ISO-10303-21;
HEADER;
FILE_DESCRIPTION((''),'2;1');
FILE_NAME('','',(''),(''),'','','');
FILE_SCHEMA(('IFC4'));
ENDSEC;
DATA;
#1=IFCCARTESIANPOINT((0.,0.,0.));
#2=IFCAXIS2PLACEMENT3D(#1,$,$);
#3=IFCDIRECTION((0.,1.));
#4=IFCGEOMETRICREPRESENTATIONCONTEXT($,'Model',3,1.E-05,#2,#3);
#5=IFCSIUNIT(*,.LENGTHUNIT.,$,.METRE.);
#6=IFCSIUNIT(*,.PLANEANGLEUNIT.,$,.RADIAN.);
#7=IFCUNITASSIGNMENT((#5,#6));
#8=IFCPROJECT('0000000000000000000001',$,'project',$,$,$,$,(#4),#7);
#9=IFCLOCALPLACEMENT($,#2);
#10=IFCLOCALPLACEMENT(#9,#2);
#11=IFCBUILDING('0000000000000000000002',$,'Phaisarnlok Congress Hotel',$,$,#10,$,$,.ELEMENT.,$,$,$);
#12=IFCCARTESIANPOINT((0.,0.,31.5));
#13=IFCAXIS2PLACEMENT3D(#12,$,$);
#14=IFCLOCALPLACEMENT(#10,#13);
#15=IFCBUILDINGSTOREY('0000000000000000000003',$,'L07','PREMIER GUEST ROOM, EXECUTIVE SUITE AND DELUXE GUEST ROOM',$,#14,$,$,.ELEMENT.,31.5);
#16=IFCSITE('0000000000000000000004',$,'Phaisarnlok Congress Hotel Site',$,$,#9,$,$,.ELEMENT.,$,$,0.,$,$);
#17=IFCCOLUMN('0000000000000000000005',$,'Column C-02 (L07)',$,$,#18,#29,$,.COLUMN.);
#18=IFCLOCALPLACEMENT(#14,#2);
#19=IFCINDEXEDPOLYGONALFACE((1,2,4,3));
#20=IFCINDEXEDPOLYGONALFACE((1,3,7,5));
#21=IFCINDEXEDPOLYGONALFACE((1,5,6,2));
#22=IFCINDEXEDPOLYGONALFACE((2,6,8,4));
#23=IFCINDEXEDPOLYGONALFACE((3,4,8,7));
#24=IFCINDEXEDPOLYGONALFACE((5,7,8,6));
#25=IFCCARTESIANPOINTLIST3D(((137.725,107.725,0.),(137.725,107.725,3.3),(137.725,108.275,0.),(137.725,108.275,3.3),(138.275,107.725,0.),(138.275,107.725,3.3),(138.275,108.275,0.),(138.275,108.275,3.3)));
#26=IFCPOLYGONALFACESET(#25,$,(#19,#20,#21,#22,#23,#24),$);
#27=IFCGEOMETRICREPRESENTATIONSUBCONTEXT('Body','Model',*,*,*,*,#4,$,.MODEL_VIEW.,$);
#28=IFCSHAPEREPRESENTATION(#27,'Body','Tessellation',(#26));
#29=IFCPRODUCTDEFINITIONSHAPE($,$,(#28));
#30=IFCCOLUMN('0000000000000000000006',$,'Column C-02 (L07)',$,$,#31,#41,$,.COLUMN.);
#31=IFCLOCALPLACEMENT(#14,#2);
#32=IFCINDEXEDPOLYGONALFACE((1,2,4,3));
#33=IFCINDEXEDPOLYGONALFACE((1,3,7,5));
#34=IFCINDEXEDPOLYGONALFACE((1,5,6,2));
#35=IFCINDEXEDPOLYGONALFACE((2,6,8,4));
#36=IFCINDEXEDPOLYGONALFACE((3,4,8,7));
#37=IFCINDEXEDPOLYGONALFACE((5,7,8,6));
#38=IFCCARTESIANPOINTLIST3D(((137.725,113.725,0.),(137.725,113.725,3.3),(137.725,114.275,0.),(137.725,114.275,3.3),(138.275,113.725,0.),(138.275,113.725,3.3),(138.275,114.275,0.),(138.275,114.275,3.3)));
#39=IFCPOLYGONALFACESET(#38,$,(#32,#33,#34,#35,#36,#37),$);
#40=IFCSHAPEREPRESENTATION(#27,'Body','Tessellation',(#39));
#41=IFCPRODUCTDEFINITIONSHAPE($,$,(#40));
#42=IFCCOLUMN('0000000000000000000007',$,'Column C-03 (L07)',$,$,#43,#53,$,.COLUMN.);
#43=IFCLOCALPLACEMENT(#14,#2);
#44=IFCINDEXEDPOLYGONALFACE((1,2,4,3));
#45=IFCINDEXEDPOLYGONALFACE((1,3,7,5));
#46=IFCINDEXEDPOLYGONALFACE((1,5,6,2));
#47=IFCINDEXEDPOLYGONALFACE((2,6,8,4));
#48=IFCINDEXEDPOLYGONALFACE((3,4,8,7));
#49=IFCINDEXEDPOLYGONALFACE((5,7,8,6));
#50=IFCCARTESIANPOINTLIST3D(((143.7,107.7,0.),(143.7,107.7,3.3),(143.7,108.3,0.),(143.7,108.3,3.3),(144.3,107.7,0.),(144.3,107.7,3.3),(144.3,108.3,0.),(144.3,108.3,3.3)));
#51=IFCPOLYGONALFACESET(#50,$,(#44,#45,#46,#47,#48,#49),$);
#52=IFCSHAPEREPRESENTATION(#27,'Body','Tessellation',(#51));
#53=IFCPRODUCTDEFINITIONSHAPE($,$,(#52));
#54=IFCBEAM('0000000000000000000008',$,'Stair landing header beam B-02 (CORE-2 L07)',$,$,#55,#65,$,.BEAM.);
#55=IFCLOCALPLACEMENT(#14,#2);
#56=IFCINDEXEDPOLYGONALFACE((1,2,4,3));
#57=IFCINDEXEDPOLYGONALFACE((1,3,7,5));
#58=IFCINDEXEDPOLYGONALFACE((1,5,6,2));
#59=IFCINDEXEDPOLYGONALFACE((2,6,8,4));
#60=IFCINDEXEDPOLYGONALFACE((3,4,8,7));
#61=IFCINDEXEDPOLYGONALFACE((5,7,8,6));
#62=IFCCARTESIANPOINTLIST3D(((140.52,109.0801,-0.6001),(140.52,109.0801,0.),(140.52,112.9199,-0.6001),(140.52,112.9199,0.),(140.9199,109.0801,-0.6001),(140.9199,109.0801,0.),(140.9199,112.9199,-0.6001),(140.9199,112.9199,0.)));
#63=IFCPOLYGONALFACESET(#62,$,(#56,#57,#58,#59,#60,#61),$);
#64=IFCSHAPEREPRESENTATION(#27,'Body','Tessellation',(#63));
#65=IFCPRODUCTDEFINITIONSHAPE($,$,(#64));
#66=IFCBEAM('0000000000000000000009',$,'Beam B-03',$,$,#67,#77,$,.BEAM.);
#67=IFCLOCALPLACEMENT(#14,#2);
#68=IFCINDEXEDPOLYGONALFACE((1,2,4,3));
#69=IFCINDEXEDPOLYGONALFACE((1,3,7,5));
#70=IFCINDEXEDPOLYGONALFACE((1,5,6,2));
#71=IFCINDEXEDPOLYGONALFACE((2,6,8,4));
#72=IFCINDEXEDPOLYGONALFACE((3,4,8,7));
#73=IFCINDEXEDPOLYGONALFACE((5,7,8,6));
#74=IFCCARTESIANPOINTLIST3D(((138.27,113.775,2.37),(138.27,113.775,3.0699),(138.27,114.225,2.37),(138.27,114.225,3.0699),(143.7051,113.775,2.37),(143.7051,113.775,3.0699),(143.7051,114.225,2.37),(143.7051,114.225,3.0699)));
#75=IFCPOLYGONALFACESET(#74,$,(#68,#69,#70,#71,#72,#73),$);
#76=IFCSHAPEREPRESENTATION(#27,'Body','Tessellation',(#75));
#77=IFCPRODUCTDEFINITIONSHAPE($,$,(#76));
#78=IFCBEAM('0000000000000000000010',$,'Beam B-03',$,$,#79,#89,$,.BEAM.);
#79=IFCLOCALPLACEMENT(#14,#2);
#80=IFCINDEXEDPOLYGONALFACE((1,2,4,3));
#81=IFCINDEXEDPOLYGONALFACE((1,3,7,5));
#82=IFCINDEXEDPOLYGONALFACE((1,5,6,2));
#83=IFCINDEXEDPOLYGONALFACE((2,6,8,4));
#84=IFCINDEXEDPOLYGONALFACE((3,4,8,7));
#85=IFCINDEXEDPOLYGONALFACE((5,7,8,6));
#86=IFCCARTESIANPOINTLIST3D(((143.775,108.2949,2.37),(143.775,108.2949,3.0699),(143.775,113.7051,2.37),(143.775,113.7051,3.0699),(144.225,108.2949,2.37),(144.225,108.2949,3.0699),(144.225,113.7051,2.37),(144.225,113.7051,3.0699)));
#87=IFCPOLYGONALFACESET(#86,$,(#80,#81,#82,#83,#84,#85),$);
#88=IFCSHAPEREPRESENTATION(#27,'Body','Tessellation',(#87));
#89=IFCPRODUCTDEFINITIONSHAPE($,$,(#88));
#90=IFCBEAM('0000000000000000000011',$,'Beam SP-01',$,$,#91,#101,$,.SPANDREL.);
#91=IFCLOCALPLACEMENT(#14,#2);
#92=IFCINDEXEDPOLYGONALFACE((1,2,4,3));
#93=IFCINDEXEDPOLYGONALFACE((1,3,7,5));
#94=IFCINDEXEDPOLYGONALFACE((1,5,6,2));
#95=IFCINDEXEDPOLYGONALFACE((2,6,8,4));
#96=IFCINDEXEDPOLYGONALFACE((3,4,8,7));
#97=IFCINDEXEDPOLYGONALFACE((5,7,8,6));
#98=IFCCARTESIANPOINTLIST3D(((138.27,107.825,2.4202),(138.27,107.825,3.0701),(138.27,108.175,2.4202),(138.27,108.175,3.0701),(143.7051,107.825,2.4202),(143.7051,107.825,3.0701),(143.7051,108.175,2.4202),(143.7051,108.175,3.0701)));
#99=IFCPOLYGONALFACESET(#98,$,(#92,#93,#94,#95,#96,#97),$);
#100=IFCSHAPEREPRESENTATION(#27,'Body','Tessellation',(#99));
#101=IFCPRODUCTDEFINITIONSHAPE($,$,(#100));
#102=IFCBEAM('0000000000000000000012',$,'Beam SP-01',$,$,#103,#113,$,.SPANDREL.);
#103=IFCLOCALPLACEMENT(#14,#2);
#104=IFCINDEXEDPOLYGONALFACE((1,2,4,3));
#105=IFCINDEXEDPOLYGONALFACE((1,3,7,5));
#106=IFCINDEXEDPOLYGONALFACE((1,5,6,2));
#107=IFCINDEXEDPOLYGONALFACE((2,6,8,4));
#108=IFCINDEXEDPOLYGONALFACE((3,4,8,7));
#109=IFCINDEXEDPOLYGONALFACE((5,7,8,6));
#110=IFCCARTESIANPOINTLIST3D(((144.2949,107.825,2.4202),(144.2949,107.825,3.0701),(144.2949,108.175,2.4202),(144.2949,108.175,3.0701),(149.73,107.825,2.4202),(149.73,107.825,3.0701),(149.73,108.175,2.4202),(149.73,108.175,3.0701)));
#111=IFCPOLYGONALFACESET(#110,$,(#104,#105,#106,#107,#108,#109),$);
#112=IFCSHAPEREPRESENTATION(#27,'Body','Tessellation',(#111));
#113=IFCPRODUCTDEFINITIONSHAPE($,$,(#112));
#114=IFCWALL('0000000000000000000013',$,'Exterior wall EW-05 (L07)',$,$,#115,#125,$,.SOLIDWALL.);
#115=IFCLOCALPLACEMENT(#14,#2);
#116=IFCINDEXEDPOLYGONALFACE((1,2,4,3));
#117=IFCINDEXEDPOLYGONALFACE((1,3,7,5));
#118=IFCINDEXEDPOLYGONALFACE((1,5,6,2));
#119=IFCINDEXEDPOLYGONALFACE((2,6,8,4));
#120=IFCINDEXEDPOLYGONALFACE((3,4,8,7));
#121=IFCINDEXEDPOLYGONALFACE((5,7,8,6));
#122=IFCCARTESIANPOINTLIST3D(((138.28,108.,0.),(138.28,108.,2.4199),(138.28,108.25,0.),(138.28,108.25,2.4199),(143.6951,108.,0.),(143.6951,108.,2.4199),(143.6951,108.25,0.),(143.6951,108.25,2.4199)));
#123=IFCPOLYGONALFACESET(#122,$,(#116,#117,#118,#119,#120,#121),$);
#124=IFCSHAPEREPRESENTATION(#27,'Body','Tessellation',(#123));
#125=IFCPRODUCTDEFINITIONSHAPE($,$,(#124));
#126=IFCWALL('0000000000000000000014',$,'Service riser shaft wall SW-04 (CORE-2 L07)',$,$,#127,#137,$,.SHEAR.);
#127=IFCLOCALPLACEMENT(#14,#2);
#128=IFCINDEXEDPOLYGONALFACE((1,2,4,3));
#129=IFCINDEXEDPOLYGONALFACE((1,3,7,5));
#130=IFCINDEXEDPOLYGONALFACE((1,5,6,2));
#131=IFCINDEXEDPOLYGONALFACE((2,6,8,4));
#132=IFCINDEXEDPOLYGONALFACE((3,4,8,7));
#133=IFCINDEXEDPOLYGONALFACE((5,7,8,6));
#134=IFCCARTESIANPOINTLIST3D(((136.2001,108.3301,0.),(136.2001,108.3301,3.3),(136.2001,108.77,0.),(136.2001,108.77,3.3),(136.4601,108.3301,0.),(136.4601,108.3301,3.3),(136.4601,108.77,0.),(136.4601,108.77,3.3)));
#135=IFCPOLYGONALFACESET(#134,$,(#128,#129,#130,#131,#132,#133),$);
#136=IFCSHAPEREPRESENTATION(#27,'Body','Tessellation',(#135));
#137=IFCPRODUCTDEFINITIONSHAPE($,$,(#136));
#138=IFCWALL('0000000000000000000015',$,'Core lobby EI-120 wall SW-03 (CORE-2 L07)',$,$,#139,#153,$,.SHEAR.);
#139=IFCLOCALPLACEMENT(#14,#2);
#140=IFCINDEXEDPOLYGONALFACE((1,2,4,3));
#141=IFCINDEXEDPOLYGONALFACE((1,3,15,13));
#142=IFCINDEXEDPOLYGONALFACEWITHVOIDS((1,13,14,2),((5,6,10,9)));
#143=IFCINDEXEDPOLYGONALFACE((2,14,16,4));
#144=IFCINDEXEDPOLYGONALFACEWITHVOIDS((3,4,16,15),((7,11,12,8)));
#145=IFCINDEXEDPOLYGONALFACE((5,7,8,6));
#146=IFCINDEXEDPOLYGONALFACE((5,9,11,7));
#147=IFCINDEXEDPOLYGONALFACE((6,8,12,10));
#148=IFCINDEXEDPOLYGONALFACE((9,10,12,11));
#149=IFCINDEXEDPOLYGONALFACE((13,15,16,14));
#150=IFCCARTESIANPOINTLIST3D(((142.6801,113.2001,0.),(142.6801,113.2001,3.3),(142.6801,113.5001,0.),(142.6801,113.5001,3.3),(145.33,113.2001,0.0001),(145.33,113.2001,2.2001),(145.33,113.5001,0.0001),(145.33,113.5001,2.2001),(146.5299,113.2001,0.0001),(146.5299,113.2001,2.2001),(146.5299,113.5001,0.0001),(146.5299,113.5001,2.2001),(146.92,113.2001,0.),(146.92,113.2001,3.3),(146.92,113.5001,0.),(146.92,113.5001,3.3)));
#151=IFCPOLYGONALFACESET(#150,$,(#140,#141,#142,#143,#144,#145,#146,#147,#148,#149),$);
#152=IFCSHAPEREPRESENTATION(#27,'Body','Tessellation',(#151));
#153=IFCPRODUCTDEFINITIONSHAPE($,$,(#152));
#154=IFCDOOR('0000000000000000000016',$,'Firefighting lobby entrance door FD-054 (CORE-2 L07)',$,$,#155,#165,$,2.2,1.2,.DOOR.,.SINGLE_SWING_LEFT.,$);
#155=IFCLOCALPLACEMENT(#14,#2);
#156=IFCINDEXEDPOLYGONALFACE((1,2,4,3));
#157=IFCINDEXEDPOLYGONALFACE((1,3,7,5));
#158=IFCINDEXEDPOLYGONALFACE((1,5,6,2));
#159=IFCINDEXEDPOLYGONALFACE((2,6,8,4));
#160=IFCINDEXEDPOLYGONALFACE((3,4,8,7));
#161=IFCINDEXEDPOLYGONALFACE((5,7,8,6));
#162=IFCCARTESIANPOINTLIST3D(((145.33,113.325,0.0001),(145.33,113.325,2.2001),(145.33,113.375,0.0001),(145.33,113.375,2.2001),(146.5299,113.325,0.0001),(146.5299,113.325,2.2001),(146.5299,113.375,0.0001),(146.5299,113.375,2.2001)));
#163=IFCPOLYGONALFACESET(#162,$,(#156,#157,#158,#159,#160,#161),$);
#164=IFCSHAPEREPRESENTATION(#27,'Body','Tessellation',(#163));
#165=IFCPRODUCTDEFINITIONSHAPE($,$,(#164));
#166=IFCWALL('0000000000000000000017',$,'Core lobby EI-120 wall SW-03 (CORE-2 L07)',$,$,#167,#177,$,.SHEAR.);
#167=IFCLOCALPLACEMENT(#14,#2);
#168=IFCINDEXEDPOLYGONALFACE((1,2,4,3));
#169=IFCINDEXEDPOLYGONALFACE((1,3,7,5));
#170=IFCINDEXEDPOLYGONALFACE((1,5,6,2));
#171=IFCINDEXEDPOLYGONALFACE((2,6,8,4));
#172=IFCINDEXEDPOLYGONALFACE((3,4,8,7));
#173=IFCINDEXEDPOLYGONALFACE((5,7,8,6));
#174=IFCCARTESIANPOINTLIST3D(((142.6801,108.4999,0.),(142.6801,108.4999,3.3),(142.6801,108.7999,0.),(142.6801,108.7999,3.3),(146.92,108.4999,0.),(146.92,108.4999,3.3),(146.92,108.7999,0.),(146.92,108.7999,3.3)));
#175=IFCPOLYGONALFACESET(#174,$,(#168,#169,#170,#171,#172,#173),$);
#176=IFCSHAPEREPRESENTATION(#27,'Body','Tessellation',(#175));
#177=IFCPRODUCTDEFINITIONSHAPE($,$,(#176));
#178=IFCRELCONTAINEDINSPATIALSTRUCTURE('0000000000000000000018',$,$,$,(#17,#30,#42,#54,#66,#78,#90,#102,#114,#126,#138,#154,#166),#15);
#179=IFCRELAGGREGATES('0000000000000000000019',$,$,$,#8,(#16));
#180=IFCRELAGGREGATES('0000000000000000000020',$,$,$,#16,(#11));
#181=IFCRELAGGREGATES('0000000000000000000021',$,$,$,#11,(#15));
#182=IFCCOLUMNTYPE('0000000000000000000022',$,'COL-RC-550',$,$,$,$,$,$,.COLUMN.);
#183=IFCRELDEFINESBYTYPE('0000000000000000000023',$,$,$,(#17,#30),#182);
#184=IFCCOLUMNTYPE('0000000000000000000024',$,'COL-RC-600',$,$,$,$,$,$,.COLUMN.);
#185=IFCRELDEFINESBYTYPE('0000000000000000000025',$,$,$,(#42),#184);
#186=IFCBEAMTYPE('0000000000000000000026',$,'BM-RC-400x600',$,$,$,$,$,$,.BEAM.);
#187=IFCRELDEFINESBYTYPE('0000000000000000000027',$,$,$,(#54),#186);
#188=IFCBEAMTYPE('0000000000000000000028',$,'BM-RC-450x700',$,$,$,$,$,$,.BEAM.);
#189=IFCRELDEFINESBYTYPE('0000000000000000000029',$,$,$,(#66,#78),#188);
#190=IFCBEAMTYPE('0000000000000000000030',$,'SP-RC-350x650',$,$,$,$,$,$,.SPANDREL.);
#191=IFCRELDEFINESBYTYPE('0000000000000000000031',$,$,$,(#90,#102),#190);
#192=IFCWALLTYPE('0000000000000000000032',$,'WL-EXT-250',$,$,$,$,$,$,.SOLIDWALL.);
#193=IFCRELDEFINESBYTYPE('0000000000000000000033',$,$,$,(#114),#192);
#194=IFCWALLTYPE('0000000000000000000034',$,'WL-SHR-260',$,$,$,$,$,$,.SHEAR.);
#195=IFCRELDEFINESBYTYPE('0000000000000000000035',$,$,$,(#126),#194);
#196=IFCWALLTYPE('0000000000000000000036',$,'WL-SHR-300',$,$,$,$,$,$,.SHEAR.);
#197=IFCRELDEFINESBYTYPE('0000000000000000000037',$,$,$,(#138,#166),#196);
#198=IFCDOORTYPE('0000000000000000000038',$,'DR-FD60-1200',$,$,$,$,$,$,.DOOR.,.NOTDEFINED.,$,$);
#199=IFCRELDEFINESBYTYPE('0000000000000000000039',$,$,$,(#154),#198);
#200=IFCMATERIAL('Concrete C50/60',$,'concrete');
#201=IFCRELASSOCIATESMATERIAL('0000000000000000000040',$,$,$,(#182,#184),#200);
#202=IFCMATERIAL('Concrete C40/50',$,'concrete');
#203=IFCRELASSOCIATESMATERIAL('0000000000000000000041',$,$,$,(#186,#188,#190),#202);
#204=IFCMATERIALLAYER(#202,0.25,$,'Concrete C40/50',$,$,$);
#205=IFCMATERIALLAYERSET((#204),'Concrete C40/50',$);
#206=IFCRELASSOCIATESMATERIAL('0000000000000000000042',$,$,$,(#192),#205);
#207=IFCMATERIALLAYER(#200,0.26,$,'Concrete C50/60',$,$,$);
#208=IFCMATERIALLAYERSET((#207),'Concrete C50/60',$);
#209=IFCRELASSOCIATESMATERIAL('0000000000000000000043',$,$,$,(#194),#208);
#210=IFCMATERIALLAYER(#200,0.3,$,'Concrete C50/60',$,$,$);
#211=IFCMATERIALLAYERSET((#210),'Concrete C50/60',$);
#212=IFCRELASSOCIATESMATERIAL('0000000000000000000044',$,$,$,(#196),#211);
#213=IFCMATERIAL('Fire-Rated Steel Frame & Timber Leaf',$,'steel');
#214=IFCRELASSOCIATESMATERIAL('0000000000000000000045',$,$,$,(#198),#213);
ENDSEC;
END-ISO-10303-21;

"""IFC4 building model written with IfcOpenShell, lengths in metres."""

from ifc_helpers import new_model, si_unit, direction, frame, frame_2d, origin, origin_2d, place, context, subcontext, project, spatial, rectangle, extrude, material, layer, layer_set, material_profile, profile_set, type_object, element, fill, save


model = new_model("IFC4")

# Units and contexts
model_context = context("Model", 3, precision=1e-05, world=origin(), true_north=direction((0.0, 1.0)))
body_context = subcontext(model_context, "Body", "Model", "MODEL_VIEW")
ifc_project = project(units=[si_unit("LENGTHUNIT", "METRE"), si_unit("PLANEANGLEUNIT", "RADIAN")], contexts=[model_context])

# Site, building, storey
site_placement = place(None, origin())
site = spatial("IfcSite", under=ifc_project, at=site_placement, Name="Phaisarnlok Congress Hotel Site", CompositionType="ELEMENT", RefElevation=0.0)
building_placement = place(site_placement, origin())
building = spatial("IfcBuilding", under=site, at=building_placement, Name="Phaisarnlok Congress Hotel", CompositionType="ELEMENT")
storey_placement = place(building_placement, frame((0.0, 0.0, 31.5)))
storey = spatial("IfcBuildingStorey", under=building, at=storey_placement, Name="L07", Description="PREMIER GUEST ROOM, EXECUTIVE SUITE AND DELUXE GUEST ROOM", CompositionType="ELEMENT", Elevation=31.5)

# Columns
ifc_material_1 = material(Name="Concrete C50/60", Category="concrete")
ifc_material_profile_1 = material_profile(ifc_material_1, rectangle(XDim=0.55, YDim=0.55, at=origin_2d()), Name="RC 550x550")
ifc_profile_set_1 = profile_set([ifc_material_profile_1], Name="Concrete C50/60")
column_type_1 = type_object("IfcColumnType", Name="COL-RC-550", PredefinedType="COLUMN", material=ifc_profile_set_1)
for number, where, z_axis, x_axis, name in (
    (1, (138.0, 108.0, 0.0), (0.0, 0.0, 1.0), (1.0, 0.0, 0.0), "Column C-02 (L07)"),
    (2, (138.0, 114.0, 0.0), (0.0, 0.0, 1.0), (1.0, 0.0, 0.0), "Column C-02 (L07)"),
):
    element("IfcColumn", number, at=place(storey_placement, frame(where, z_axis=z_axis, x_axis=x_axis)), inside=storey, type_object=column_type_1, Name=name, PredefinedType="COLUMN", context=body_context, shape_type="SweptSolid", body=[
        extrude(rectangle(XDim=0.55, YDim=0.55, at=origin_2d()), origin(), (0.0, 0.0, 1.0), 3.3),
    ])
ifc_material_profile_2 = material_profile(ifc_material_1, rectangle(XDim=0.6001, YDim=0.6001, at=origin_2d()), Name="RC 600x600")
ifc_profile_set_2 = profile_set([ifc_material_profile_2], Name="Concrete C50/60")
column_type_2 = type_object("IfcColumnType", Name="COL-RC-600", PredefinedType="COLUMN", material=ifc_profile_set_2)
column_placement = place(storey_placement, frame((144.0, 108.0, 0.0), z_axis=(0.0, 0.0, 1.0), x_axis=(1.0, 0.0, 0.0)))
element("IfcColumn", 3, at=column_placement, inside=storey, type_object=column_type_2, Name="Column C-03 (L07)", PredefinedType="COLUMN", context=body_context, shape_type="SweptSolid", body=[
    extrude(rectangle(XDim=0.6001, YDim=0.6001, at=origin_2d()), origin(), (0.0, 0.0, 1.0), 3.3),
])

# Beams
ifc_material_2 = material(Name="Concrete C40/50", Category="concrete")
ifc_material_profile_3 = material_profile(ifc_material_2, rectangle(XDim=0.3999, YDim=0.6001, at=origin_2d()), Name="RC 400x600")
ifc_profile_set_3 = profile_set([ifc_material_profile_3], Name="Concrete C40/50")
beam_type_1 = type_object("IfcBeamType", Name="BM-RC-400x600", PredefinedType="BEAM", material=ifc_profile_set_3)
beam_1_placement = place(storey_placement, frame((140.72, 109.0801, -0.3), z_axis=(0.0, 1.0, 0.0), x_axis=(-1.0, 0.0, 0.0)))
element("IfcBeam", 4, at=beam_1_placement, inside=storey, type_object=beam_type_1, Name="Stair landing header beam B-02 (CORE-2 L07)", PredefinedType="BEAM", context=body_context, shape_type="SweptSolid", body=[
    extrude(rectangle(XDim=0.3999, YDim=0.6001, at=origin_2d()), origin(), (0.0, 0.0, 1.0), 3.8398),
])
ifc_material_profile_4 = material_profile(ifc_material_2, rectangle(XDim=0.45, YDim=0.7, at=origin_2d()), Name="RC 450x700")
ifc_profile_set_4 = profile_set([ifc_material_profile_4], Name="Concrete C40/50")
beam_type_2 = type_object("IfcBeamType", Name="BM-RC-450x700", PredefinedType="BEAM", material=ifc_profile_set_4)
beam_2_placement = place(storey_placement, frame((138.27, 114.0, 2.72), z_axis=(1.0, 0.0, 0.0), x_axis=(0.0, 1.0, 0.0)))
element("IfcBeam", 5, at=beam_2_placement, inside=storey, type_object=beam_type_2, Name="Beam B-03", PredefinedType="BEAM", context=body_context, shape_type="SweptSolid", body=[
    extrude(rectangle(XDim=0.45, YDim=0.7, at=origin_2d()), origin(), (0.0, 0.0, 1.0), 5.4351),
])
beam_3_placement = place(storey_placement, frame((144.0, 108.2949, 2.72), z_axis=(0.0, 1.0, 0.0), x_axis=(-1.0, 0.0, 0.0)))
element("IfcBeam", 6, at=beam_3_placement, inside=storey, type_object=beam_type_2, Name="Beam B-03", PredefinedType="BEAM", context=body_context, shape_type="SweptSolid", body=[
    extrude(rectangle(XDim=0.45, YDim=0.7, at=origin_2d()), origin(), (0.0, 0.0, 1.0), 5.4102),
])
ifc_material_profile_5 = material_profile(ifc_material_2, rectangle(XDim=0.3501, YDim=0.6499, at=origin_2d()), Name="RC 350x650")
ifc_profile_set_5 = profile_set([ifc_material_profile_5], Name="Concrete C40/50")
beam_type_3 = type_object("IfcBeamType", Name="SP-RC-350x650", PredefinedType="SPANDREL", material=ifc_profile_set_5)
for number, where, z_axis, x_axis, name in (
    (7, (138.27, 108.0, 2.7451), (1.0, 0.0, 0.0), (0.0, 1.0, 0.0), "Beam SP-01"),
    (8, (144.2949, 108.0, 2.7451), (1.0, 0.0, 0.0), (0.0, 1.0, 0.0), "Beam SP-01"),
):
    element("IfcBeam", number, at=place(storey_placement, frame(where, z_axis=z_axis, x_axis=x_axis)), inside=storey, type_object=beam_type_3, Name=name, PredefinedType="SPANDREL", context=body_context, shape_type="SweptSolid", body=[
        extrude(rectangle(XDim=0.3501, YDim=0.6499, at=origin_2d()), origin(), (0.0, 0.0, 1.0), 5.4351),
    ])

# Wall
ifc_layer_1 = layer(ifc_material_2, 0.25, Name="Concrete C40/50")
ifc_layer_set_1 = layer_set([ifc_layer_1], Name="Concrete C40/50")
wall_type_1 = type_object("IfcWallType", Name="WL-EXT-250", PredefinedType="SOLIDWALL", material=ifc_layer_set_1)
wall_1_placement = place(storey_placement, frame((138.28, 108.125, 0.0), z_axis=(0.0, 0.0, 1.0), x_axis=(1.0, 0.0, 0.0)))
element("IfcWall", 9, at=wall_1_placement, inside=storey, type_object=wall_type_1, Name="Exterior wall EW-05 (L07)", PredefinedType="SOLIDWALL", context=body_context, shape_type="SweptSolid", body=[
    extrude(rectangle(XDim=5.415, YDim=0.25, at=frame_2d((2.7075, 0.0))), origin(), (0.0, 0.0, 1.0), 2.4199),
])

# Shared definitions
ifc_layer_2 = layer(ifc_material_1, 0.26, Name="Concrete C50/60")
ifc_layer_set_2 = layer_set([ifc_layer_2], Name="Concrete C50/60")
wall_type_2 = type_object("IfcWallType", Name="WL-SHR-260", PredefinedType="SHEAR", material=ifc_layer_set_2)
ifc_material_3 = material(Name="Fire-Rated Steel Frame & Timber Leaf", Category="steel")

# Wall
wall_2_placement = place(storey_placement, frame((136.3301, 108.3301, 0.0), z_axis=(0.0, 0.0, 1.0), x_axis=(0.0, 1.0, 0.0)))
element("IfcWall", 10, at=wall_2_placement, inside=storey, type_object=wall_type_2, Name="Service riser shaft wall SW-04 (CORE-2 L07)", PredefinedType="SHEAR", context=body_context, shape_type="SweptSolid", body=[
    extrude(rectangle(XDim=0.4399, YDim=0.26, at=frame_2d((0.22, 0.0))), origin(), (0.0, 0.0, 1.0), 3.3),
])

# Wall, opening, door
ifc_layer_3 = layer(ifc_material_1, 0.3, Name="Concrete C50/60")
ifc_layer_set_3 = layer_set([ifc_layer_3], Name="Concrete C50/60")
wall_type_3 = type_object("IfcWallType", Name="WL-SHR-300", PredefinedType="SHEAR", material=ifc_layer_set_3)
wall_3_placement = place(storey_placement, frame((142.6799, 113.3501, 0.0), z_axis=(0.0, 0.0, 1.0), x_axis=(1.0, 0.0, 0.0)))
wall_3 = element("IfcWall", 11, at=wall_3_placement, inside=storey, type_object=wall_type_3, Name="Core lobby EI-120 wall SW-03 (CORE-2 L07)", PredefinedType="SHEAR", context=body_context, shape_type="SweptSolid", body=[
    extrude(rectangle(XDim=4.24, YDim=0.3, at=frame_2d((2.1201, 0.0))), origin(), (0.0, 0.0, 1.0), 3.3),
])
opening_1_placement = place(wall_3_placement, frame((2.6499, 0.0, 0.0)))
opening_1 = element("IfcOpeningElement", 12, at=opening_1_placement, cuts=wall_3, PredefinedType="OPENING", context=body_context, shape_type="SweptSolid", body=[
    extrude(rectangle(XDim=1.2, YDim=2.2, at=frame_2d((0.6001, 1.1001))), frame((0.0, 0.1602, 0.0), z_axis=(0.0, -1.0, 0.0), x_axis=(1.0, 0.0, 0.0)), (0.0, 0.0, 1.0), 0.3201),
])
door_type_1 = type_object("IfcDoorType", Name="DR-FD60-1200", OperationType="NOTDEFINED", PredefinedType="DOOR", material=ifc_material_3)
door_1_placement = place(opening_1_placement, origin())
door_1 = element("IfcDoor", 13, at=door_1_placement, inside=storey, type_object=door_type_1, Name="Firefighting lobby entrance door FD-054 (CORE-2 L07)", OperationType="SINGLE_SWING_LEFT", OverallHeight=2.2, OverallWidth=1.2, PredefinedType="DOOR", context=body_context, shape_type="SweptSolid", body=[
    extrude(rectangle(XDim=1.2, YDim=2.2, at=frame_2d((0.6001, 1.1001))), frame((0.0, 0.0249, 0.0), z_axis=(0.0, -1.0, 0.0), x_axis=(1.0, 0.0, 0.0)), (0.0, 0.0, 1.0), 0.05),
])
fill(opening_1, door_1)

# Wall
wall_4_placement = place(storey_placement, frame((142.6799, 108.6499, 0.0), z_axis=(0.0, 0.0, 1.0), x_axis=(1.0, 0.0, 0.0)))
element("IfcWall", 14, at=wall_4_placement, inside=storey, type_object=wall_type_3, Name="Core lobby EI-120 wall SW-03 (CORE-2 L07)", PredefinedType="SHEAR", context=body_context, shape_type="SweptSolid", body=[
    extrude(rectangle(XDim=4.24, YDim=0.3, at=frame_2d((2.1201, 0.0))), origin(), (0.0, 0.0, 1.0), 3.3),
])

save(model, "model.ifc")
